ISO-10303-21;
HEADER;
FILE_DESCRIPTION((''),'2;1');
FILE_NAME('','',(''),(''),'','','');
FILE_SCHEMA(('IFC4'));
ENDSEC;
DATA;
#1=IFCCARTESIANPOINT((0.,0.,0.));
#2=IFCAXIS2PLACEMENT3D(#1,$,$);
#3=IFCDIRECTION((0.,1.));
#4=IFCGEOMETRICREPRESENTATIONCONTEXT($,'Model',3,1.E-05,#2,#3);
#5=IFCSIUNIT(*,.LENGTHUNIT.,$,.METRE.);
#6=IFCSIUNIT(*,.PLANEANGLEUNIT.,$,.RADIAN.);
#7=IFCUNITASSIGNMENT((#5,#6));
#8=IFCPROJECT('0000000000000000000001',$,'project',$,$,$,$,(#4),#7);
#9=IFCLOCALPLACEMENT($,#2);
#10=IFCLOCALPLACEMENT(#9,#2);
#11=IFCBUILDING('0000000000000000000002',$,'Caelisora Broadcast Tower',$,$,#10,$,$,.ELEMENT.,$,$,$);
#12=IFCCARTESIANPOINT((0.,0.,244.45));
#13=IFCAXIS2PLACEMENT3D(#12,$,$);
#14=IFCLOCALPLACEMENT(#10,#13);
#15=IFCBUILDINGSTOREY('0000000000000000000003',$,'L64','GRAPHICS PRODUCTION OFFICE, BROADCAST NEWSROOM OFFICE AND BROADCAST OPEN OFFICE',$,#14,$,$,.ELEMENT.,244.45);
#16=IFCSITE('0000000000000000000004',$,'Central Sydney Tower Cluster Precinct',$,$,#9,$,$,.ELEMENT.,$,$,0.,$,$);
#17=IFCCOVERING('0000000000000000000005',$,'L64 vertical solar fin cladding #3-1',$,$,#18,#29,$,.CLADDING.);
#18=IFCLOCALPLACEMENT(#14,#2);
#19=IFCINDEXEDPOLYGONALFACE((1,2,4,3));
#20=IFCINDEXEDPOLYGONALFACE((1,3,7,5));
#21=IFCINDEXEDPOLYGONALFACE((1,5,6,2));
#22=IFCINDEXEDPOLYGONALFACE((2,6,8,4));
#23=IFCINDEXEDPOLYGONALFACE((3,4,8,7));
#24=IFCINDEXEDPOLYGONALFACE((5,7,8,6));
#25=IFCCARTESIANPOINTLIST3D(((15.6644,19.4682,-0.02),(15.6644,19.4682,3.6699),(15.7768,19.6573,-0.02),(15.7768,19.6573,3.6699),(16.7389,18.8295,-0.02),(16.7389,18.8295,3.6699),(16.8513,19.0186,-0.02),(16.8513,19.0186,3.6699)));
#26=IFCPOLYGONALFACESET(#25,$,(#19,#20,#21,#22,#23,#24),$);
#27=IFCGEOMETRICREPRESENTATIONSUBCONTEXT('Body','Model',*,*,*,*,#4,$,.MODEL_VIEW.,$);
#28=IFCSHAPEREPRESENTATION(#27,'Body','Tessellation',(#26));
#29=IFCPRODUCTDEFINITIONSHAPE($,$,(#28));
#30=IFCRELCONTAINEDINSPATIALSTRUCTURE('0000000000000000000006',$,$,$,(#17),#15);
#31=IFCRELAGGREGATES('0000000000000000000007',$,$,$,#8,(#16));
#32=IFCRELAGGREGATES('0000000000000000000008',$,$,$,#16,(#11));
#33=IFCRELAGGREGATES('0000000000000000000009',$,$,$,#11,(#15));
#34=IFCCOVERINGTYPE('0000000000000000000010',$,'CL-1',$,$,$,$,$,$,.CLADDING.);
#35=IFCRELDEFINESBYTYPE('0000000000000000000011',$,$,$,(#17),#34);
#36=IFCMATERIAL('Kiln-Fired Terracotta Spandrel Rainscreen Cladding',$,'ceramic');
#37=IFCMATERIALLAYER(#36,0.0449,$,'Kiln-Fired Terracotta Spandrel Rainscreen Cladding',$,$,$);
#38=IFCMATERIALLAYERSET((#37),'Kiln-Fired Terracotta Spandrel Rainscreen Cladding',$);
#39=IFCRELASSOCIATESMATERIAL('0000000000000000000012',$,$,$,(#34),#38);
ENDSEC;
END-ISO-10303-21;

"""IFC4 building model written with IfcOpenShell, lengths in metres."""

from ifc_helpers import new_model, si_unit, direction, frame, origin, origin_2d, place, context, subcontext, project, spatial, rectangle, extrude, source, transform, mapped, material, layer, layer_set, type_object, type_shapes, element, save


model = new_model("IFC4")

# Units and contexts
model_context = context("Model", 3, precision=1e-05, world=origin(), true_north=direction((0.0, 1.0)))
body_context = subcontext(model_context, "Body", "Model", "MODEL_VIEW")
ifc_project = project(units=[si_unit("LENGTHUNIT", "METRE"), si_unit("PLANEANGLEUNIT", "RADIAN")], contexts=[model_context])

# Site, building, storey
site_placement = place(None, origin())
site = spatial("IfcSite", under=ifc_project, at=site_placement, Name="Central Sydney Tower Cluster Precinct", CompositionType="ELEMENT", RefElevation=0.0)
building_placement = place(site_placement, origin())
building = spatial("IfcBuilding", under=site, at=building_placement, Name="Caelisora Broadcast Tower", CompositionType="ELEMENT")
storey_placement = place(building_placement, frame((0.0, 0.0, 244.45)))
storey = spatial("IfcBuildingStorey", under=building, at=storey_placement, Name="L64", Description="GRAPHICS PRODUCTION OFFICE, BROADCAST NEWSROOM OFFICE AND BROADCAST OPEN OFFICE", CompositionType="ELEMENT", Elevation=244.45)

# Covering
ifc_material_1 = material(Name="Kiln-Fired Terracotta Spandrel Rainscreen Cladding", Category="ceramic")
ifc_layer_1 = layer(ifc_material_1, 0.0449, Name="Kiln-Fired Terracotta Spandrel Rainscreen Cladding")
ifc_layer_set_1 = layer_set([ifc_layer_1], Name="Kiln-Fired Terracotta Spandrel Rainscreen Cladding")
covering_type_1 = type_object("IfcCoveringType", Name="CL-1", PredefinedType="CLADDING", material=ifc_layer_set_1)
shared_shape_1 = source(origin(), body_context, "Body", "SweptSolid", [
    extrude(rectangle(XDim=0.22, YDim=1.25, at=origin_2d()), origin(), (0.0, 0.0, 1.0), 3.6899),
])
type_shapes(covering_type_1, [shared_shape_1])
covering_1_placement = place(storey_placement, frame((16.2578, 19.2434, -0.02), z_axis=(0.0, 0.0, 1.0), x_axis=(0.510993, 0.859585, 0.0)))
element("IfcCovering", 1, at=covering_1_placement, inside=storey, type_object=covering_type_1, Name="L64 vertical solar fin cladding #3-1", PredefinedType="CLADDING", context=body_context, shape_type="MappedRepresentation", body=[
    mapped(shared_shape_1, transform((0.0, 0.0, 0.0), scale=1.0)),
])

save(model, "model.ifc")
